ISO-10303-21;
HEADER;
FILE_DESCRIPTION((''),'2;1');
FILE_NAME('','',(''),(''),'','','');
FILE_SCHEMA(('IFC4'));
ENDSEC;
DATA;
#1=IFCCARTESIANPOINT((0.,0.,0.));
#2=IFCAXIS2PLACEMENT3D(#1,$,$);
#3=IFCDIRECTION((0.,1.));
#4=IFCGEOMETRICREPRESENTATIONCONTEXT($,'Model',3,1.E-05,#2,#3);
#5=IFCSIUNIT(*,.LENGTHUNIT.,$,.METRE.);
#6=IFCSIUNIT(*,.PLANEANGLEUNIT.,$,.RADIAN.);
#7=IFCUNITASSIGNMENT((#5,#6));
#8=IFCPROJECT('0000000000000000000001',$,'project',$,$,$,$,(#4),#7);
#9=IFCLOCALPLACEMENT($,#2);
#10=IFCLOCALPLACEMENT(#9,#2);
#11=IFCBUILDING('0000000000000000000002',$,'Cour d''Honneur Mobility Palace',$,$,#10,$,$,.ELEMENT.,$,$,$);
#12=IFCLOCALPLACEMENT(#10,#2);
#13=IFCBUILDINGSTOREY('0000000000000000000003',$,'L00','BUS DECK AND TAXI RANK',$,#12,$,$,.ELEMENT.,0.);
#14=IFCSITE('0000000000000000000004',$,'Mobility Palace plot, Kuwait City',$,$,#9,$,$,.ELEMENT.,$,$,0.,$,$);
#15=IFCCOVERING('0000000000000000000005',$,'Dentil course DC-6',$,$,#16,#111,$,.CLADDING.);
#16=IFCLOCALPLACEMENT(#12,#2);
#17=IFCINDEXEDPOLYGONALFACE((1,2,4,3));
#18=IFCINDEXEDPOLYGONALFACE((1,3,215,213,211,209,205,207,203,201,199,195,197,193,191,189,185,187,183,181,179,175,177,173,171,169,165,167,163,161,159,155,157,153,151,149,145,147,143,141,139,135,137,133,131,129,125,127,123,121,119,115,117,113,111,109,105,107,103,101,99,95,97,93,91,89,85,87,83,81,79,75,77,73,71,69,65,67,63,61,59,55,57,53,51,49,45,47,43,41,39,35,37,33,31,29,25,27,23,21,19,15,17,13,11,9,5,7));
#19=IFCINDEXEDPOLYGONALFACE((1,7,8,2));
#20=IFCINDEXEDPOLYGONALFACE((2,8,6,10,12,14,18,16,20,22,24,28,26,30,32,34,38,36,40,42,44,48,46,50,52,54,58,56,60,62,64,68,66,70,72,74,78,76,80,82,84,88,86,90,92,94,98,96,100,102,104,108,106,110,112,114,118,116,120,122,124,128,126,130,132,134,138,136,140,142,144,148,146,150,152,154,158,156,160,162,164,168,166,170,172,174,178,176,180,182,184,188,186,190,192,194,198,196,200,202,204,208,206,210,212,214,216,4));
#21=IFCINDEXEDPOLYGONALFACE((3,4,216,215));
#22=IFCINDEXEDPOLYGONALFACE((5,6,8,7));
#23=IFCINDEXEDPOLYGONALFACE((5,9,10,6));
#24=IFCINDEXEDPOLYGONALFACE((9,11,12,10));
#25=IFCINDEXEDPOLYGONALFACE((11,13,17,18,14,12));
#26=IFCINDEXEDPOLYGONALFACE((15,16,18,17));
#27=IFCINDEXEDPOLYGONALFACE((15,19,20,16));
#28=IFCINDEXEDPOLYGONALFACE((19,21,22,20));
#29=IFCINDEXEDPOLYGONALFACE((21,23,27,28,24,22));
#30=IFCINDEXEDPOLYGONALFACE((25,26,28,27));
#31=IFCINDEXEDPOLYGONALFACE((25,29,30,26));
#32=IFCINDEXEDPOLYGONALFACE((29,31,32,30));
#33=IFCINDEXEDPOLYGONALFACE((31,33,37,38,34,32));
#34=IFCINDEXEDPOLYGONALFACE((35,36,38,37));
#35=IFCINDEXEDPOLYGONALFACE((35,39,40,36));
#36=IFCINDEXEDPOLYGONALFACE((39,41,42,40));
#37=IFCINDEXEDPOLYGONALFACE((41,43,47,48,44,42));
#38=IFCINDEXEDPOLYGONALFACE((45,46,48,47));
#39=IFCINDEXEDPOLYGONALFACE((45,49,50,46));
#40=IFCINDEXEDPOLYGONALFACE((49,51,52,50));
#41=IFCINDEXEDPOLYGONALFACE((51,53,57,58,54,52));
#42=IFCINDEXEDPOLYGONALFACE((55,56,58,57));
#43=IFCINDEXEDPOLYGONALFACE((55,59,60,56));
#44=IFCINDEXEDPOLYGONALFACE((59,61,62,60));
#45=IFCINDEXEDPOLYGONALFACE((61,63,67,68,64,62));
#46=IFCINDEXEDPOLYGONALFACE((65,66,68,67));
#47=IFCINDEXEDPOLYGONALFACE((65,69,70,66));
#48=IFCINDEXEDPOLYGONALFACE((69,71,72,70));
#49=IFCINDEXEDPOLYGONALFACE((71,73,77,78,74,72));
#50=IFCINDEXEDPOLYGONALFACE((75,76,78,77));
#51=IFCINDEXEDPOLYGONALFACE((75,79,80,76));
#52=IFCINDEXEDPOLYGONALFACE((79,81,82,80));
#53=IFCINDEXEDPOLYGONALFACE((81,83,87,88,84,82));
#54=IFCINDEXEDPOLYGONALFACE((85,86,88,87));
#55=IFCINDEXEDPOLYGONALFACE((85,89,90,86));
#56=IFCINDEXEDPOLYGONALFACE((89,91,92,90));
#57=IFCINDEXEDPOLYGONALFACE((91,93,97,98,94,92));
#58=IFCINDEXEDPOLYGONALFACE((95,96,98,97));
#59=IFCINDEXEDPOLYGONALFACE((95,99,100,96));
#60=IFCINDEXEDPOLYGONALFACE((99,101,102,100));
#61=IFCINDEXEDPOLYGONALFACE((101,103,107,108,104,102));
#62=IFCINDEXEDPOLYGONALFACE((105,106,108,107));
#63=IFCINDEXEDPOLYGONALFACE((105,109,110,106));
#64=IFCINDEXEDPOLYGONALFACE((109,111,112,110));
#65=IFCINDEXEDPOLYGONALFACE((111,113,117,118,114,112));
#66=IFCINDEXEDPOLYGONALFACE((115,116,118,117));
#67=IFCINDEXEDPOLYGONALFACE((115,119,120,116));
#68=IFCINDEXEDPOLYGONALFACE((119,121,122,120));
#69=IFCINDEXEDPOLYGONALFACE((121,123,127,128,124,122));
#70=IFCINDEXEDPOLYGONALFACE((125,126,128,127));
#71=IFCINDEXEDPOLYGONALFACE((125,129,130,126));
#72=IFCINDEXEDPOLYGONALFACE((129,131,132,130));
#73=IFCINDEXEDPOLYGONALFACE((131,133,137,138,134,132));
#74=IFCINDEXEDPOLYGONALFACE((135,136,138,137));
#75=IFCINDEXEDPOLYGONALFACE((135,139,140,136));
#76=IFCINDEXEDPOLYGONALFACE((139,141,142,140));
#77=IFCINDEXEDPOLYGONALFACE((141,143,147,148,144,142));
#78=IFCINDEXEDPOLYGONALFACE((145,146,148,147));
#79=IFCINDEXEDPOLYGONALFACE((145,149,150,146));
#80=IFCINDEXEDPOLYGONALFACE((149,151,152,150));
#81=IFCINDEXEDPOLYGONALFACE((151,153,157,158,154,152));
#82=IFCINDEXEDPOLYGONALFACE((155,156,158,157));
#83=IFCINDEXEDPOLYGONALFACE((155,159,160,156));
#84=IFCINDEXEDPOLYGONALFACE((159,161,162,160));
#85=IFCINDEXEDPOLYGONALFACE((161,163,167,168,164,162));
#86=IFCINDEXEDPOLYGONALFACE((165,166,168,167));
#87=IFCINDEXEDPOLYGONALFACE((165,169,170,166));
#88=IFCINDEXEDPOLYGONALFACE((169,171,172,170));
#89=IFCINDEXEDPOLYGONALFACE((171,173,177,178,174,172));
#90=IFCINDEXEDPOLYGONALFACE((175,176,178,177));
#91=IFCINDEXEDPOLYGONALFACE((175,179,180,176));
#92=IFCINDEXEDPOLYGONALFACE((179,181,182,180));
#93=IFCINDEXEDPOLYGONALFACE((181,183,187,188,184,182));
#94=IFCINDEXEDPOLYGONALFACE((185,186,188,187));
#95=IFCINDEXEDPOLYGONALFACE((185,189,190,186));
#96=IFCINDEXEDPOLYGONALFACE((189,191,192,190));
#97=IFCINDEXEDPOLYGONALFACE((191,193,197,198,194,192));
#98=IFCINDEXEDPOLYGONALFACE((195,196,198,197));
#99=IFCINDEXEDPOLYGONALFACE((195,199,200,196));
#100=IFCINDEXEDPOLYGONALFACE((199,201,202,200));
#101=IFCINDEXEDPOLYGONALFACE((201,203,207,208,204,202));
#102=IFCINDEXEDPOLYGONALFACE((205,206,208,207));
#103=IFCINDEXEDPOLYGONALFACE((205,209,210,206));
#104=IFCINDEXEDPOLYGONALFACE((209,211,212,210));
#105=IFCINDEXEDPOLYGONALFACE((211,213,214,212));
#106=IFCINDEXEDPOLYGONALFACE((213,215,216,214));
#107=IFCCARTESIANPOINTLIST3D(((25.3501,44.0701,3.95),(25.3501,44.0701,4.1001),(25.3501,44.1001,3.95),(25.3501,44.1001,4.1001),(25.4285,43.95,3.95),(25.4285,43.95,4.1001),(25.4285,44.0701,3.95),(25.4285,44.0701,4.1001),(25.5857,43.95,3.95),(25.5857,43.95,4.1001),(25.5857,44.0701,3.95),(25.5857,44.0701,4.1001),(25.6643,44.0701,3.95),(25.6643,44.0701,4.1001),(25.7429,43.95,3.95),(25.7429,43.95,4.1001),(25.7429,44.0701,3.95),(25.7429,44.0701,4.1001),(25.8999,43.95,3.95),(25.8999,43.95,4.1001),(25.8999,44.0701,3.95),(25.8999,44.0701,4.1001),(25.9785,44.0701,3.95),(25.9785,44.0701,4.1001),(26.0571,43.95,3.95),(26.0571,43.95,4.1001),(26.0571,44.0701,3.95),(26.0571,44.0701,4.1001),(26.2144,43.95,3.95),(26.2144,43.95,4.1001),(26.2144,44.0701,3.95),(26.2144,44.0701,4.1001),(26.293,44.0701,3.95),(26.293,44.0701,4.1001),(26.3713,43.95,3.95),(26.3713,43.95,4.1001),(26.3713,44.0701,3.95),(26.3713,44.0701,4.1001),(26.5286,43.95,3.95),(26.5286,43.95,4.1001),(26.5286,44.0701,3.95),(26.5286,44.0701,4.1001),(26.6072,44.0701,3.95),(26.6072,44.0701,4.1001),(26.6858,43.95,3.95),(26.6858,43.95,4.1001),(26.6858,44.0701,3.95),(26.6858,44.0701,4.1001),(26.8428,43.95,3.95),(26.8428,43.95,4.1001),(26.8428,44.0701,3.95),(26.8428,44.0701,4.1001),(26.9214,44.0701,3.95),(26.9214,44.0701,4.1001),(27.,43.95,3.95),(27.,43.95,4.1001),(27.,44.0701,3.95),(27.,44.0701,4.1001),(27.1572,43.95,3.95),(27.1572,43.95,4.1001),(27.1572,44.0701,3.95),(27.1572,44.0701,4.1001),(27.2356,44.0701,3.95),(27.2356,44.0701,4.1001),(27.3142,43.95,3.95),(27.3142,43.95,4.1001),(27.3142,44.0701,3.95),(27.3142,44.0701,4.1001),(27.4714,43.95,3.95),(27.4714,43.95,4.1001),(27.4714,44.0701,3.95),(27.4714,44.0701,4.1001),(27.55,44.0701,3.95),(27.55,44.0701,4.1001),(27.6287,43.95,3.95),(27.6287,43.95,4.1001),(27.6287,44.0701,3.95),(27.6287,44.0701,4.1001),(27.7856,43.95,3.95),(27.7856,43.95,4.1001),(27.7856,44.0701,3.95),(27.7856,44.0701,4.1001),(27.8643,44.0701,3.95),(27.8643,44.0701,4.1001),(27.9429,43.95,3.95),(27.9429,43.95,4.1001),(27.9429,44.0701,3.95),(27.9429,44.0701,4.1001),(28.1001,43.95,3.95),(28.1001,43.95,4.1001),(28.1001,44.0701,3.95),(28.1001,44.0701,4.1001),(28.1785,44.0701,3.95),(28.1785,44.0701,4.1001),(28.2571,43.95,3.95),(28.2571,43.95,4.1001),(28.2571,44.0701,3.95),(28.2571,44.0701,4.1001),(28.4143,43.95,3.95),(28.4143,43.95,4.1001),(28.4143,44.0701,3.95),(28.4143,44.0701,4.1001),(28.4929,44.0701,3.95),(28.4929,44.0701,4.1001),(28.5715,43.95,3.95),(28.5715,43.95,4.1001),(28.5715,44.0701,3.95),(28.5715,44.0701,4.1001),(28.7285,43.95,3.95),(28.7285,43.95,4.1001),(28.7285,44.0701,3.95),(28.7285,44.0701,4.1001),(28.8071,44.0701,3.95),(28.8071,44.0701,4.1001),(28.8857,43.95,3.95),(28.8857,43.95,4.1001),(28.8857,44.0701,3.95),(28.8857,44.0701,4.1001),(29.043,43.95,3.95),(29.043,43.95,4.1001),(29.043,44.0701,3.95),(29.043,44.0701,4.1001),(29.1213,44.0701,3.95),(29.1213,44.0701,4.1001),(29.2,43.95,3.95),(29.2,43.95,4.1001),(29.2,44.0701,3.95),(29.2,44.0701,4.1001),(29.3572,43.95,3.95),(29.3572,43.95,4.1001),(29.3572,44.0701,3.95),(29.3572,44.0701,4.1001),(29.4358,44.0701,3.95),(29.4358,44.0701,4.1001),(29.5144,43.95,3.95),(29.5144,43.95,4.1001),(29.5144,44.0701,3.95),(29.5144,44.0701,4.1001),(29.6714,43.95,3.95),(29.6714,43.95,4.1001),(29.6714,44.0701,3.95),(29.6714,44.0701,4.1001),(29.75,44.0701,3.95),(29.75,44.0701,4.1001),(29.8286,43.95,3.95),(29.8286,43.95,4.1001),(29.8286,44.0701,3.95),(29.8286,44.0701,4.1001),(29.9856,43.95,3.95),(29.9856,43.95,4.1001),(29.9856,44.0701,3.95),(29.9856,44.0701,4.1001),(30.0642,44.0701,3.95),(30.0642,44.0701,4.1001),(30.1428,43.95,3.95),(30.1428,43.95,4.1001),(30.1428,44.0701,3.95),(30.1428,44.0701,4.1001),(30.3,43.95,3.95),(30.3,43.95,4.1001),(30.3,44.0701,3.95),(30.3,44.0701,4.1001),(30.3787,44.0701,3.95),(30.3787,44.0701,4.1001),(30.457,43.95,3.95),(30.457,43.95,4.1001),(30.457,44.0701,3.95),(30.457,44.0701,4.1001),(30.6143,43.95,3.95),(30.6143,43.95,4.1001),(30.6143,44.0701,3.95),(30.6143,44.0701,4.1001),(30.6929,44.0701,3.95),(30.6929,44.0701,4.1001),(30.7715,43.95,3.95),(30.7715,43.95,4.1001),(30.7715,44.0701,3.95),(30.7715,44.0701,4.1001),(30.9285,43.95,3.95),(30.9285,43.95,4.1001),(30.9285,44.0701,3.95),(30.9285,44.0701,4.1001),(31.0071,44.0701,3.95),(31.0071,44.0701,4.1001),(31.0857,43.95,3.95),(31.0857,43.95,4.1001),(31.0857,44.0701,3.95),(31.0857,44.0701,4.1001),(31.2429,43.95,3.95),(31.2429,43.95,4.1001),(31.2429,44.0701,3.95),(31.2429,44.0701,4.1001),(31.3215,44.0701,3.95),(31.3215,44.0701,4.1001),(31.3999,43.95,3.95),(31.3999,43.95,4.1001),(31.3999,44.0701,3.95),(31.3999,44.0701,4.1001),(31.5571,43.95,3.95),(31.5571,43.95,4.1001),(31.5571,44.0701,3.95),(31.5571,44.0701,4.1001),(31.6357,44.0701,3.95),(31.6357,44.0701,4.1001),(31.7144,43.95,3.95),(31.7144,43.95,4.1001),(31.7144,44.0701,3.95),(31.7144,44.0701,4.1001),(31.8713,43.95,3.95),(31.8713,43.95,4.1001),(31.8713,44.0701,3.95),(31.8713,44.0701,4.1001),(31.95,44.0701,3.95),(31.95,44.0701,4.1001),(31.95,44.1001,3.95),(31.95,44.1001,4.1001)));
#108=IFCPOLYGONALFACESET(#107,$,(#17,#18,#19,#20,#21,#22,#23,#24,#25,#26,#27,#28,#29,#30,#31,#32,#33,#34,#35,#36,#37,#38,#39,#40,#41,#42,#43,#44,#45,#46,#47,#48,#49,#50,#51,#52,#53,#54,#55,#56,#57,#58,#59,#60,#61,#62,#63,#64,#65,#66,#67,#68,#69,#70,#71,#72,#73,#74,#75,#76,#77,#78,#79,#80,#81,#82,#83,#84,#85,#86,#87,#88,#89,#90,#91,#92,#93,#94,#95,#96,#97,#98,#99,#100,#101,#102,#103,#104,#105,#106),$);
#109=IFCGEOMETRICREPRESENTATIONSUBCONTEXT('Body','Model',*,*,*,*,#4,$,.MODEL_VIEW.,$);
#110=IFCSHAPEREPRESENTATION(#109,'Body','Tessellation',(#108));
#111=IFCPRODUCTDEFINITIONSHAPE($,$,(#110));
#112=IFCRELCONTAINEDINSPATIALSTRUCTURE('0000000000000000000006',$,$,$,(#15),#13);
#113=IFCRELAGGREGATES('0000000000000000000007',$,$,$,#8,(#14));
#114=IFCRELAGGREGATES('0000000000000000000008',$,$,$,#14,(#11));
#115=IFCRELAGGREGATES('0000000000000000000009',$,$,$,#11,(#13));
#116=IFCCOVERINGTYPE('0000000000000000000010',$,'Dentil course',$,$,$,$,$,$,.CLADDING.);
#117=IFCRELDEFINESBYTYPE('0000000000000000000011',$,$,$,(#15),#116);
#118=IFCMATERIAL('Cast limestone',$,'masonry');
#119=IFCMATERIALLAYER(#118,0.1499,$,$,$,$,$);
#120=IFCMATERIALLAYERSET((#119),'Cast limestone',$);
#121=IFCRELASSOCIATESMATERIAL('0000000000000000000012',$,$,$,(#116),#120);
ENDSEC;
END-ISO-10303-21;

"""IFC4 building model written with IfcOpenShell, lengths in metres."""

from ifc_helpers import new_model, si_unit, direction, frame, origin, place, context, subcontext, project, spatial, polyline, outline, extrude, material, layer, layer_set, type_object, element, save


model = new_model("IFC4")

# Units and contexts
model_context = context("Model", 3, precision=1e-05, world=origin(), true_north=direction((0.0, 1.0)))
body_context = subcontext(model_context, "Body", "Model", "MODEL_VIEW")
ifc_project = project(units=[si_unit("LENGTHUNIT", "METRE"), si_unit("PLANEANGLEUNIT", "RADIAN")], contexts=[model_context])

# Site, building, storey
site_placement = place(None, origin())
site = spatial("IfcSite", under=ifc_project, at=site_placement, Name="Mobility Palace plot, Kuwait City", CompositionType="ELEMENT", RefElevation=0.0)
building_placement = place(site_placement, origin())
building = spatial("IfcBuilding", under=site, at=building_placement, Name="Cour d'Honneur Mobility Palace", CompositionType="ELEMENT")
storey_placement = place(building_placement, origin())
storey = spatial("IfcBuildingStorey", under=building, at=storey_placement, Name="L00", Description="BUS DECK AND TAXI RANK", CompositionType="ELEMENT", Elevation=0.0)

# Covering
ifc_material = material(Name="Cast limestone", Category="masonry")
ifc_layer = layer(ifc_material, 0.1499)
ifc_layer_set = layer_set([ifc_layer], Name="Cast limestone")
covering_type = type_object("IfcCoveringType", Name="Dentil course", PredefinedType="CLADDING", material=ifc_layer_set)
covering_1_placement = place(storey_placement, frame((0.0, 0.0, 3.95)))
element("IfcCovering", 1, at=covering_1_placement, inside=storey, type_object=covering_type, Name="Dentil course DC-6", PredefinedType="CLADDING", context=body_context, shape_type="SweptSolid", body=[
    extrude(outline(polyline([(25.3501, 44.1001), (31.95, 44.1001), (31.95, 44.0701), (31.95, 44.0701), (31.8713, 44.0701), (31.8713, 43.95), (31.7144, 43.95), (31.7144, 44.0701), (31.6357, 44.0701), (31.6357, 44.0701), (31.5571, 44.0701), (31.5571, 43.95), (31.3999, 43.95), (31.3999, 44.0701), (31.3215, 44.0701), (31.3215, 44.0701), (31.2429, 44.0701), (31.2429, 43.95), (31.0857, 43.95), (31.0857, 44.0701), (31.0071, 44.0701), (31.0071, 44.0701), (30.9285, 44.0701), (30.9285, 43.95), (30.7715, 43.95), (30.7715, 44.0701), (30.6929, 44.0701), (30.6929, 44.0701), (30.6143, 44.0701), (30.6143, 43.95), (30.457, 43.95), (30.457, 44.0701), (30.3787, 44.0701), (30.3787, 44.0701), (30.3, 44.0701), (30.3, 43.95), (30.1428, 43.95), (30.1428, 44.0701), (30.0642, 44.0701), (30.0642, 44.0701), (29.9856, 44.0701), (29.9856, 43.95), (29.8286, 43.95), (29.8286, 44.0701), (29.75, 44.0701), (29.75, 44.0701), (29.6714, 44.0701), (29.6714, 43.95), (29.5144, 43.95), (29.5144, 44.0701), (29.4358, 44.0701), (29.4358, 44.0701), (29.3572, 44.0701), (29.3572, 43.95), (29.2, 43.95), (29.2, 44.0701), (29.1213, 44.0701), (29.1213, 44.0701), (29.043, 44.0701), (29.043, 43.95), (28.8857, 43.95), (28.8857, 44.0701), (28.8071, 44.0701), (28.8071, 44.0701), (28.7285, 44.0701), (28.7285, 43.95), (28.5715, 43.95), (28.5715, 44.0701), (28.4929, 44.0701), (28.4929, 44.0701), (28.4143, 44.0701), (28.4143, 43.95), (28.2571, 43.95), (28.2571, 44.0701), (28.1785, 44.0701), (28.1785, 44.0701), (28.1001, 44.0701), (28.1001, 43.95), (27.9429, 43.95), (27.9429, 44.0701), (27.8643, 44.0701), (27.8643, 44.0701), (27.7856, 44.0701), (27.7856, 43.95), (27.6287, 43.95), (27.6287, 44.0701), (27.55, 44.0701), (27.55, 44.0701), (27.4714, 44.0701), (27.4714, 43.95), (27.3142, 43.95), (27.3142, 44.0701), (27.2356, 44.0701), (27.2356, 44.0701), (27.1572, 44.0701), (27.1572, 43.95), (27.0, 43.95), (27.0, 44.0701), (26.9214, 44.0701), (26.9214, 44.0701), (26.8428, 44.0701), (26.8428, 43.95), (26.6858, 43.95), (26.6858, 44.0701), (26.6072, 44.0701), (26.6072, 44.0701), (26.5286, 44.0701), (26.5286, 43.95), (26.3713, 43.95), (26.3713, 44.0701), (26.293, 44.0701), (26.293, 44.0701), (26.2144, 44.0701), (26.2144, 43.95), (26.0571, 43.95), (26.0571, 44.0701), (25.9785, 44.0701), (25.9785, 44.0701), (25.8999, 44.0701), (25.8999, 43.95), (25.7429, 43.95), (25.7429, 44.0701), (25.6643, 44.0701), (25.6643, 44.0701), (25.5857, 44.0701), (25.5857, 43.95), (25.4285, 43.95), (25.4285, 44.0701), (25.3501, 44.0701), (25.3501, 44.1001)])), origin(), (0.0, 0.0, 1.0), 0.1501),
])

save(model, "model.ifc")
